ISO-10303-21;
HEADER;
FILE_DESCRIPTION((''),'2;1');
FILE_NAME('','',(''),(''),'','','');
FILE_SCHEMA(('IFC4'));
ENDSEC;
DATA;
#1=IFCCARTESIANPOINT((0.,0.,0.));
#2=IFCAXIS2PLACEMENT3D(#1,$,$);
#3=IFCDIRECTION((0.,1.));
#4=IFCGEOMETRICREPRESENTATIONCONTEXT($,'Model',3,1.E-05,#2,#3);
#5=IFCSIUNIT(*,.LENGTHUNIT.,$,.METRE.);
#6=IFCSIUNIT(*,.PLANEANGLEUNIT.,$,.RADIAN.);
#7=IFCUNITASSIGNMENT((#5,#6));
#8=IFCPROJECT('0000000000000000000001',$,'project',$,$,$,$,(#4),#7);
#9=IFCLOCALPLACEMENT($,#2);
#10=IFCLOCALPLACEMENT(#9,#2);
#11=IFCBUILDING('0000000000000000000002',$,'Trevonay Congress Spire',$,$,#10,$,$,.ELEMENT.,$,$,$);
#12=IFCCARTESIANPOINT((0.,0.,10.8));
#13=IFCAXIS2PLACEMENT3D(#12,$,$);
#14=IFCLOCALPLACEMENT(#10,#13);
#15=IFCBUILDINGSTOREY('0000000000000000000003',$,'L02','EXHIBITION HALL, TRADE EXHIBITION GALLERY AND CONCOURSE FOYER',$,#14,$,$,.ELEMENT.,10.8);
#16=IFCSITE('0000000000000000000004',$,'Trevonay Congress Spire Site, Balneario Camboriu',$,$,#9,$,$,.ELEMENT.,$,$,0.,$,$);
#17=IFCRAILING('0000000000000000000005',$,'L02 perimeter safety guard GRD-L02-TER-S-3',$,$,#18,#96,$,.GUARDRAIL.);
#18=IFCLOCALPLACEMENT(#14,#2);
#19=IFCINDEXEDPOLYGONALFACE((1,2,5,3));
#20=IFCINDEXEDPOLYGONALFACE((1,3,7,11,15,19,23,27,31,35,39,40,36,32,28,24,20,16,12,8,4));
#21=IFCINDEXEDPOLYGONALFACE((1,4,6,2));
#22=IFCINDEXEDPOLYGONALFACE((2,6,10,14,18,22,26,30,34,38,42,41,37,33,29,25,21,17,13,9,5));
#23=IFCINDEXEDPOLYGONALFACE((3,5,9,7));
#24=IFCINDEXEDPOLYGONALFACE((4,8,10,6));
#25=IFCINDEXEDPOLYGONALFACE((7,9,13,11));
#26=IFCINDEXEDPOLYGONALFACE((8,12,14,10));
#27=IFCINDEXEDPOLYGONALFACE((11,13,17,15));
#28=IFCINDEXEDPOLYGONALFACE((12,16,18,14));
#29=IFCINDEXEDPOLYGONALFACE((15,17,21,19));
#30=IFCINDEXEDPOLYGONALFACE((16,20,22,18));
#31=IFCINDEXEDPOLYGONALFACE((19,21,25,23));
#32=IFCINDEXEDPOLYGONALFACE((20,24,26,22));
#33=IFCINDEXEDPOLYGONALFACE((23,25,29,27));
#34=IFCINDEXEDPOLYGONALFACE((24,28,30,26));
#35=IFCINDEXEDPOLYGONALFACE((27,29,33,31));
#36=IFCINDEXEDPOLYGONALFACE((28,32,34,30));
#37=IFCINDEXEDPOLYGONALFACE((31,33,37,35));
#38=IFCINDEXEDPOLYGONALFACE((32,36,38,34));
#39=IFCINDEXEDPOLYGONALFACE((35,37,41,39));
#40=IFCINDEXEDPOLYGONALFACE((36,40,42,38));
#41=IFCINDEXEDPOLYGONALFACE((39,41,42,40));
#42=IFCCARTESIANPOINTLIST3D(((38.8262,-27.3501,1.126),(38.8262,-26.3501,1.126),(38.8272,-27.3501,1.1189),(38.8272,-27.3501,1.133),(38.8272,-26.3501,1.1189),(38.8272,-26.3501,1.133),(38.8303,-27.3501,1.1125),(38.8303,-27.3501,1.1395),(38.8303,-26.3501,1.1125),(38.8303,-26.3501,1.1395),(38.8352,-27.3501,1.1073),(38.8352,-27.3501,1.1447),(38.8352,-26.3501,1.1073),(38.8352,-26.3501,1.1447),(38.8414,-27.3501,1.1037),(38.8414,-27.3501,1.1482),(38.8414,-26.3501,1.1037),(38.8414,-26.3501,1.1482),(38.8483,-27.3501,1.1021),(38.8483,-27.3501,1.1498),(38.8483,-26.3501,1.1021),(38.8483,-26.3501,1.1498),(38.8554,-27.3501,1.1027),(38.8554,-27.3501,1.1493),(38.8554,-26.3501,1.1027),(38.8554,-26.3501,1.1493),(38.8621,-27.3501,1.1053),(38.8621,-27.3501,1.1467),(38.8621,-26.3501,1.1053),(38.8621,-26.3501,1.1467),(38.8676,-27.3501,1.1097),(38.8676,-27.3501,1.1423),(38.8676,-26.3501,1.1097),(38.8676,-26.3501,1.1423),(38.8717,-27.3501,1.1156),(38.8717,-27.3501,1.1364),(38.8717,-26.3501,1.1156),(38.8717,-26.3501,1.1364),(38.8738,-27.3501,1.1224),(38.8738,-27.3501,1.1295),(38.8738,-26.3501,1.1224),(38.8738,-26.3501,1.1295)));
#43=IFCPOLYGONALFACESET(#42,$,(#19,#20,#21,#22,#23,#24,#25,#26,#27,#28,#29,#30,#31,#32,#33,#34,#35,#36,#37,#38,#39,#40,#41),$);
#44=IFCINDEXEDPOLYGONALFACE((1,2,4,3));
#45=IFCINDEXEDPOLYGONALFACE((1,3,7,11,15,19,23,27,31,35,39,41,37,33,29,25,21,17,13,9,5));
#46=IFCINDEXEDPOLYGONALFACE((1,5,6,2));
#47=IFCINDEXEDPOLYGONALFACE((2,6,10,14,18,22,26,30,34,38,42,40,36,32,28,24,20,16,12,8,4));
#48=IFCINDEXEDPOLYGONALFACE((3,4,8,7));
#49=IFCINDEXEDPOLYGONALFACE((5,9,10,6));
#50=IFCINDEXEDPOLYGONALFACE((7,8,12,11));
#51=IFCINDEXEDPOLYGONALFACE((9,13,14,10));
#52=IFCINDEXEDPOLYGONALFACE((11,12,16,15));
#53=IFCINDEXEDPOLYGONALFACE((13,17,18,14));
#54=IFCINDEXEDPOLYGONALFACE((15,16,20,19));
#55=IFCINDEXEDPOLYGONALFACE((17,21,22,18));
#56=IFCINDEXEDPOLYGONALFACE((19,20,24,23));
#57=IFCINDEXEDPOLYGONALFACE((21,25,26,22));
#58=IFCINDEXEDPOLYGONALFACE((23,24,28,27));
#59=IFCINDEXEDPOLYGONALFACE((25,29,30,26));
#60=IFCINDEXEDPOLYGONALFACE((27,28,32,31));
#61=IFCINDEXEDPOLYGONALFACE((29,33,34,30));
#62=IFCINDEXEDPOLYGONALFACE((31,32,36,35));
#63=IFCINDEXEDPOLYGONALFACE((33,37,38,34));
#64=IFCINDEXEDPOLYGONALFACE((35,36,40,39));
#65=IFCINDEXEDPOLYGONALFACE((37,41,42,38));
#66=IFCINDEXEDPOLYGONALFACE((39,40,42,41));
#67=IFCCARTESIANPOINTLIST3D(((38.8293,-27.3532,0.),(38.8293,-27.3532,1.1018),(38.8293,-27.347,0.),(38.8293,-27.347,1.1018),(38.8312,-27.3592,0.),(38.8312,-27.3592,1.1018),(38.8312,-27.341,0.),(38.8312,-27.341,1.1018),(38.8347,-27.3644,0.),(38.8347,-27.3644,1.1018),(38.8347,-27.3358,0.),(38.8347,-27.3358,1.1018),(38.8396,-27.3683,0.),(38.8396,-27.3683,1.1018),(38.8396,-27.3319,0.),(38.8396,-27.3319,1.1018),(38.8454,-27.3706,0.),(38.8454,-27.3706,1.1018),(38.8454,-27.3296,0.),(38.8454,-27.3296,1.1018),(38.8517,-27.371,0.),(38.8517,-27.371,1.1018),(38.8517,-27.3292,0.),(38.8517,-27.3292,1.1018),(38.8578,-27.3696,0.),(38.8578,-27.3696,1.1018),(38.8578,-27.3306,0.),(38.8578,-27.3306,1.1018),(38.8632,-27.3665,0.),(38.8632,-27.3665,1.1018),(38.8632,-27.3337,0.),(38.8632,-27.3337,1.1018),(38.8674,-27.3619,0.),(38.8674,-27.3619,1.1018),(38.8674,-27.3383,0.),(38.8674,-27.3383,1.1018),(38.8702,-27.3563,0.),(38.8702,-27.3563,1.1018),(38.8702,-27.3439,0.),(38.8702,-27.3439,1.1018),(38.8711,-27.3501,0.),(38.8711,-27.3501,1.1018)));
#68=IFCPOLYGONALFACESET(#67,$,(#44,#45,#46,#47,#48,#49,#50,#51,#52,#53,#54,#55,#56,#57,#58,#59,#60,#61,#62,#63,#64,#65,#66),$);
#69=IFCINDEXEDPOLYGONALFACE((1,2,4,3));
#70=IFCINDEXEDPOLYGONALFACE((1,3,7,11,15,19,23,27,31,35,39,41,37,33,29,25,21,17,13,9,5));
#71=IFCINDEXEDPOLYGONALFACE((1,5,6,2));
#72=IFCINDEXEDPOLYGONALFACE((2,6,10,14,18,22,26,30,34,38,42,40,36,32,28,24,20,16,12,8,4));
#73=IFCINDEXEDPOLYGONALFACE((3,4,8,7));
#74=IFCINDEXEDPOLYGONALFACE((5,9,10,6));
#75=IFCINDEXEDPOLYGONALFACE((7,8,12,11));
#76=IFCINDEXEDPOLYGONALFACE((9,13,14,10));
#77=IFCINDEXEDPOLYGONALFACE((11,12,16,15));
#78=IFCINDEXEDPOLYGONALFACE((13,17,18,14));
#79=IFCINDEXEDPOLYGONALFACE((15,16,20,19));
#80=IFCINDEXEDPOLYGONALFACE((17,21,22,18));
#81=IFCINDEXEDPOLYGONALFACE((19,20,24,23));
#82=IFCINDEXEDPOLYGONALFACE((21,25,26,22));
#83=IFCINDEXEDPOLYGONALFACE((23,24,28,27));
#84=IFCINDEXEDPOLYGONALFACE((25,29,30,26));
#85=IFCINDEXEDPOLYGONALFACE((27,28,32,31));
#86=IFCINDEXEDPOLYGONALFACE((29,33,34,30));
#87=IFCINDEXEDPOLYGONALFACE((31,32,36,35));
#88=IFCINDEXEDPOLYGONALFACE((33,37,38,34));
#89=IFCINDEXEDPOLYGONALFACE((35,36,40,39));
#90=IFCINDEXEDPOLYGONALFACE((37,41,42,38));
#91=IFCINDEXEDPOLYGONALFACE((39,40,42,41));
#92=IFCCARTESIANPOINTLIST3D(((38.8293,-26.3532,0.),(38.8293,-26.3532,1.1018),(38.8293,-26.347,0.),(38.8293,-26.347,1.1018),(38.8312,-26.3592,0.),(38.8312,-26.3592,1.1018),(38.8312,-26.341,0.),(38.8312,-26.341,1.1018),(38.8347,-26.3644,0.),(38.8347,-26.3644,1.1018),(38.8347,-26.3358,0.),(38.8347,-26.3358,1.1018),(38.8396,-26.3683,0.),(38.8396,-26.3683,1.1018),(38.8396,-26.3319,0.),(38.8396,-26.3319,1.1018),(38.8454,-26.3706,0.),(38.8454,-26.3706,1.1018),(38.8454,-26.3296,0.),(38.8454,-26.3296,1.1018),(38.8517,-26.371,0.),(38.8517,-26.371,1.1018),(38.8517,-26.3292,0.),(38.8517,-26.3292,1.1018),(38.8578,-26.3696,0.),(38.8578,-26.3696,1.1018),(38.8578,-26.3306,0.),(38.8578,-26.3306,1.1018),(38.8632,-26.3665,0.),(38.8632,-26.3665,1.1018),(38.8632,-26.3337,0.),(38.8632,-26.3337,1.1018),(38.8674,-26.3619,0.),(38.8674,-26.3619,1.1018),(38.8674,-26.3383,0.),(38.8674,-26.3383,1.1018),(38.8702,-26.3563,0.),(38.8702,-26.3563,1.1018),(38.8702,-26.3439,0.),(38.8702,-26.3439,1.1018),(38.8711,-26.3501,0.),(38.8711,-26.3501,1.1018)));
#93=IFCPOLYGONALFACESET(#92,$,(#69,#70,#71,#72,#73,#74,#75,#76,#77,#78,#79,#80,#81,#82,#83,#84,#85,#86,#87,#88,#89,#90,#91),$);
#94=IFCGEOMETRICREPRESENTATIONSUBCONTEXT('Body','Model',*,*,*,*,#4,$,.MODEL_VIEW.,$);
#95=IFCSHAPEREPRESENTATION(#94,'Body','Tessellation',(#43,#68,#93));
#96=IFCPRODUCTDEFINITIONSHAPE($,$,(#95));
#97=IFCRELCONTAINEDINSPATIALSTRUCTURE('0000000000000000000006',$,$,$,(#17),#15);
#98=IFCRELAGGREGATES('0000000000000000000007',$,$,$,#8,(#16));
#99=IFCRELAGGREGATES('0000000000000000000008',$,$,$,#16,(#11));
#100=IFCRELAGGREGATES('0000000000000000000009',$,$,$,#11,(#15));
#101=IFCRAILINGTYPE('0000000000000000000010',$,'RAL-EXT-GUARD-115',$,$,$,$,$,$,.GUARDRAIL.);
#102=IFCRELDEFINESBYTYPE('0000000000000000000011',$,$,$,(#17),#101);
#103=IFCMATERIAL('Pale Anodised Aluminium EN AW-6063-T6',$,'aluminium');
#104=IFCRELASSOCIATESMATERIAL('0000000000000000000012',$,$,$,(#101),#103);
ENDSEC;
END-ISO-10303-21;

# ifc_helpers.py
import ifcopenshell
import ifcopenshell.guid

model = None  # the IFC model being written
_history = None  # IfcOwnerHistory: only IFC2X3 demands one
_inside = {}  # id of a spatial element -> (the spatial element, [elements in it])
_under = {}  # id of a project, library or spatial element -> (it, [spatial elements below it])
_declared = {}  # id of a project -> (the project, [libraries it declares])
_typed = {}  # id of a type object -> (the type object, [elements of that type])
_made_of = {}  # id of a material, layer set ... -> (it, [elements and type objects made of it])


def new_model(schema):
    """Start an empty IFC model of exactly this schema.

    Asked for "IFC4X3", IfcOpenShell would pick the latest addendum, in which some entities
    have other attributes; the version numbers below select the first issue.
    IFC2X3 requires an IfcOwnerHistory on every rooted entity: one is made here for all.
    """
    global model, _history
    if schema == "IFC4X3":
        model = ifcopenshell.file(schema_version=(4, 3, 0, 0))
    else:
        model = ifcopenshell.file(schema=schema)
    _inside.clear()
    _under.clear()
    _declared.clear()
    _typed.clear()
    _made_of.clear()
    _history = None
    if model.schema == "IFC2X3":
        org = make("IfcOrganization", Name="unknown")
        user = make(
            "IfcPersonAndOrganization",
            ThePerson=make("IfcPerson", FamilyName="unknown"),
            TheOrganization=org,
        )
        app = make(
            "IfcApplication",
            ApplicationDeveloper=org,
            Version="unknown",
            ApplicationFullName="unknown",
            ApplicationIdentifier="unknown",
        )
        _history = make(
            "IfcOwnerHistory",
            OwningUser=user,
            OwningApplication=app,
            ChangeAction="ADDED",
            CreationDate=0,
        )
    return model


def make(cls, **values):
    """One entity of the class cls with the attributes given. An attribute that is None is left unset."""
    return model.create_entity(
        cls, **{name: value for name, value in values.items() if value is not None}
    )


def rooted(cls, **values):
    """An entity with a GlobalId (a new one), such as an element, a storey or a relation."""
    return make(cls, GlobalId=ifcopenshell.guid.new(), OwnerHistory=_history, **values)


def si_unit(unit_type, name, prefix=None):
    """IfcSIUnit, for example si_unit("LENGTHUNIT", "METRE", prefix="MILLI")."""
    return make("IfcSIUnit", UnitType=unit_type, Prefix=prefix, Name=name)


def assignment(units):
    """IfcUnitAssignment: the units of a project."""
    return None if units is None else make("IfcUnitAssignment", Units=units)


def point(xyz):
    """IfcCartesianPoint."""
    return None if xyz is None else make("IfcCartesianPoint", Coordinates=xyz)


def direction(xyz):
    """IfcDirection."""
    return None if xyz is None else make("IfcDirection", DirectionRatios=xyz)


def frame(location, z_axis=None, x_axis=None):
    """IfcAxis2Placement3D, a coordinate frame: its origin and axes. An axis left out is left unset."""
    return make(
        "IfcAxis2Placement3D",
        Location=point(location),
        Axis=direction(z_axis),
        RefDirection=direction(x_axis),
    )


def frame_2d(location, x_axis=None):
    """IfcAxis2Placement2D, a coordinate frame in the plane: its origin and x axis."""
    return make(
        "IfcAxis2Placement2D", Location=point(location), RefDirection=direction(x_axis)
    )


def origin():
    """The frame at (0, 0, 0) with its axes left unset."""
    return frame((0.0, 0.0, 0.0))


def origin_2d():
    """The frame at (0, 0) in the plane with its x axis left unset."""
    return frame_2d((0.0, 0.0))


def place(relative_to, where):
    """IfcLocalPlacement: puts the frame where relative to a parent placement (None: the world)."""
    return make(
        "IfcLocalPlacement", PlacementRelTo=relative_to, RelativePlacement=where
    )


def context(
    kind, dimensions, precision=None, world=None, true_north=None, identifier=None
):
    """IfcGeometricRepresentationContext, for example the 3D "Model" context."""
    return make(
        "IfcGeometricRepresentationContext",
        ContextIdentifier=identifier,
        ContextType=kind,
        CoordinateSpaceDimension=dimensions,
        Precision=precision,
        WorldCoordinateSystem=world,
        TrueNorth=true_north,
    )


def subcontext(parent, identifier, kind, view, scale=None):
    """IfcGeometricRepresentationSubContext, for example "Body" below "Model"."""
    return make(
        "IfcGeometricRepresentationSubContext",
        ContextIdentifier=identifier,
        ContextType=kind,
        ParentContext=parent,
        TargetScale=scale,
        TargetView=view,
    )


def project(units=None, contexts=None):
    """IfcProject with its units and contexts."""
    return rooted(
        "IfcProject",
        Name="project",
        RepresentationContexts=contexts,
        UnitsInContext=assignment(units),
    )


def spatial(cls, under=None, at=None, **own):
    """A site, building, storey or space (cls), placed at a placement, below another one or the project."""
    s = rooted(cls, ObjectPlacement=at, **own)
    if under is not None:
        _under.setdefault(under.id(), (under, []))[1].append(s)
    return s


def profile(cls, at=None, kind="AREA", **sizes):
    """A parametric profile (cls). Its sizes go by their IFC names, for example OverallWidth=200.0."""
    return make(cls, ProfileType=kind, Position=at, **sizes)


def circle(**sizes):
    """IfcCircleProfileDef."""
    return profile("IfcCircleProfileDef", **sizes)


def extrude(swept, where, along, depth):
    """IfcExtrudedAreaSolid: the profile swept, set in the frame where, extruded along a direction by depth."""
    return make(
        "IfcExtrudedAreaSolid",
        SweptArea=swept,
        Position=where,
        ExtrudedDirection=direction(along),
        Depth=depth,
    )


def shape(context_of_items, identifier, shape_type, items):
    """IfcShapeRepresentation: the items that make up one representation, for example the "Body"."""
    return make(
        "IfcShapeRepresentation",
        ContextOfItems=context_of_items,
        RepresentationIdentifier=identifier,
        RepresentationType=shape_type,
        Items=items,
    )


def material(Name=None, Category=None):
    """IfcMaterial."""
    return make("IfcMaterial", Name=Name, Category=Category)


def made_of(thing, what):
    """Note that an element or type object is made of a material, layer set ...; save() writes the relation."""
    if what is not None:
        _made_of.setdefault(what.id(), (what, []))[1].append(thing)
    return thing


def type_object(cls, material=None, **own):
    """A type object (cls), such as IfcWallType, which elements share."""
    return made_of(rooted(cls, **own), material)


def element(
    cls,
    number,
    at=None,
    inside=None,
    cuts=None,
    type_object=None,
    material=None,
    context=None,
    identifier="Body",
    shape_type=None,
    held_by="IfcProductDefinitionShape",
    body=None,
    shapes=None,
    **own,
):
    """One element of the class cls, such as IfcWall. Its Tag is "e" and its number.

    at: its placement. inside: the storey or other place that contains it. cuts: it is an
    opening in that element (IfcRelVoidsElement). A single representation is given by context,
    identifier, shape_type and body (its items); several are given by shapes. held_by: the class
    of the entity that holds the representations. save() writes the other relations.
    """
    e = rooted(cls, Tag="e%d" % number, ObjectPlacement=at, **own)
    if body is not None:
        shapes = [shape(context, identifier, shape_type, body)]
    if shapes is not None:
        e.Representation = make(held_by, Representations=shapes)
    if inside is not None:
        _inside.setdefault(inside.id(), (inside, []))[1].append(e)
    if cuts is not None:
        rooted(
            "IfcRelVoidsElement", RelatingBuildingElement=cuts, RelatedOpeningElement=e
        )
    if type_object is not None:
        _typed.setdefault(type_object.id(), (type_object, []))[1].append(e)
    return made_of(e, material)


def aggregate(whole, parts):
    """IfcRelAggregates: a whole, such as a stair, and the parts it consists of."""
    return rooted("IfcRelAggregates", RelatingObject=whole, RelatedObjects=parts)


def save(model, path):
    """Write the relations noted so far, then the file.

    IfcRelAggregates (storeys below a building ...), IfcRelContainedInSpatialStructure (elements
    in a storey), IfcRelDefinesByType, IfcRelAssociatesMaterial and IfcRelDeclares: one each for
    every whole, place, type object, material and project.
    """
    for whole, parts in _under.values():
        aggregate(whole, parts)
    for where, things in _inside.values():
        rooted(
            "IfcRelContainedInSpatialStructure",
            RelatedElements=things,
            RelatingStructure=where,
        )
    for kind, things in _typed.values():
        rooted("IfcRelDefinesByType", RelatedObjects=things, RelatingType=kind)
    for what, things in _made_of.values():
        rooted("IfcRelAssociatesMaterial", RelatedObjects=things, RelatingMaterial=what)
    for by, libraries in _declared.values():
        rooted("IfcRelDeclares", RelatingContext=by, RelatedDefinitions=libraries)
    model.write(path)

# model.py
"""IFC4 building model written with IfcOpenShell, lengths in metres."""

from ifc_helpers import new_model, si_unit, direction, frame, origin, origin_2d, place, context, subcontext, project, spatial, circle, extrude, material, type_object, element, save


model = new_model("IFC4")

# Units and contexts
model_context = context("Model", 3, precision=1e-05, world=origin(), true_north=direction((0.0, 1.0)))
body_context = subcontext(model_context, "Body", "Model", "MODEL_VIEW")
ifc_project = project(units=[si_unit("LENGTHUNIT", "METRE"), si_unit("PLANEANGLEUNIT", "RADIAN")], contexts=[model_context])

# Site, building, storey
site_placement = place(None, origin())
site = spatial("IfcSite", under=ifc_project, at=site_placement, Name="Trevonay Congress Spire Site, Balneario Camboriu", CompositionType="ELEMENT", RefElevation=0.0)
building_placement = place(site_placement, origin())
building = spatial("IfcBuilding", under=site, at=building_placement, Name="Trevonay Congress Spire", CompositionType="ELEMENT")
storey_placement = place(building_placement, frame((0.0, 0.0, 10.8)))
storey = spatial("IfcBuildingStorey", under=building, at=storey_placement, Name="L02", Description="EXHIBITION HALL, TRADE EXHIBITION GALLERY AND CONCOURSE FOYER", CompositionType="ELEMENT", Elevation=10.8)

# Shared definitions
ifc_material_1 = material(Name="Pale Anodised Aluminium EN AW-6063-T6", Category="aluminium")

# Railing
railing_type_1 = type_object("IfcRailingType", Name="RAL-EXT-GUARD-115", PredefinedType="GUARDRAIL", material=ifc_material_1)
railing_1_placement = place(storey_placement, frame((38.8501, -27.3501, 0.0)))
element("IfcRailing", 1, at=railing_1_placement, inside=storey, type_object=railing_type_1, Name="L02 perimeter safety guard GRD-L02-TER-S-3", PredefinedType="GUARDRAIL", context=body_context, shape_type="SweptSolid", body=[
    extrude(circle(Radius=0.0239, at=origin_2d()), frame((0.0, 0.0, 1.126), z_axis=(0.0, 1.0, 0.0), x_axis=(-1.0, 0.0, 0.0)), (0.0, 0.0, 1.0), 1.0),
    extrude(circle(Radius=0.021, at=origin_2d()), origin(), (0.0, 0.0, 1.0), 1.1018),
    extrude(circle(Radius=0.021, at=origin_2d()), frame((0.0, 1.0, 0.0)), (0.0, 0.0, 1.0), 1.1018),
])

save(model, "model.ifc")
